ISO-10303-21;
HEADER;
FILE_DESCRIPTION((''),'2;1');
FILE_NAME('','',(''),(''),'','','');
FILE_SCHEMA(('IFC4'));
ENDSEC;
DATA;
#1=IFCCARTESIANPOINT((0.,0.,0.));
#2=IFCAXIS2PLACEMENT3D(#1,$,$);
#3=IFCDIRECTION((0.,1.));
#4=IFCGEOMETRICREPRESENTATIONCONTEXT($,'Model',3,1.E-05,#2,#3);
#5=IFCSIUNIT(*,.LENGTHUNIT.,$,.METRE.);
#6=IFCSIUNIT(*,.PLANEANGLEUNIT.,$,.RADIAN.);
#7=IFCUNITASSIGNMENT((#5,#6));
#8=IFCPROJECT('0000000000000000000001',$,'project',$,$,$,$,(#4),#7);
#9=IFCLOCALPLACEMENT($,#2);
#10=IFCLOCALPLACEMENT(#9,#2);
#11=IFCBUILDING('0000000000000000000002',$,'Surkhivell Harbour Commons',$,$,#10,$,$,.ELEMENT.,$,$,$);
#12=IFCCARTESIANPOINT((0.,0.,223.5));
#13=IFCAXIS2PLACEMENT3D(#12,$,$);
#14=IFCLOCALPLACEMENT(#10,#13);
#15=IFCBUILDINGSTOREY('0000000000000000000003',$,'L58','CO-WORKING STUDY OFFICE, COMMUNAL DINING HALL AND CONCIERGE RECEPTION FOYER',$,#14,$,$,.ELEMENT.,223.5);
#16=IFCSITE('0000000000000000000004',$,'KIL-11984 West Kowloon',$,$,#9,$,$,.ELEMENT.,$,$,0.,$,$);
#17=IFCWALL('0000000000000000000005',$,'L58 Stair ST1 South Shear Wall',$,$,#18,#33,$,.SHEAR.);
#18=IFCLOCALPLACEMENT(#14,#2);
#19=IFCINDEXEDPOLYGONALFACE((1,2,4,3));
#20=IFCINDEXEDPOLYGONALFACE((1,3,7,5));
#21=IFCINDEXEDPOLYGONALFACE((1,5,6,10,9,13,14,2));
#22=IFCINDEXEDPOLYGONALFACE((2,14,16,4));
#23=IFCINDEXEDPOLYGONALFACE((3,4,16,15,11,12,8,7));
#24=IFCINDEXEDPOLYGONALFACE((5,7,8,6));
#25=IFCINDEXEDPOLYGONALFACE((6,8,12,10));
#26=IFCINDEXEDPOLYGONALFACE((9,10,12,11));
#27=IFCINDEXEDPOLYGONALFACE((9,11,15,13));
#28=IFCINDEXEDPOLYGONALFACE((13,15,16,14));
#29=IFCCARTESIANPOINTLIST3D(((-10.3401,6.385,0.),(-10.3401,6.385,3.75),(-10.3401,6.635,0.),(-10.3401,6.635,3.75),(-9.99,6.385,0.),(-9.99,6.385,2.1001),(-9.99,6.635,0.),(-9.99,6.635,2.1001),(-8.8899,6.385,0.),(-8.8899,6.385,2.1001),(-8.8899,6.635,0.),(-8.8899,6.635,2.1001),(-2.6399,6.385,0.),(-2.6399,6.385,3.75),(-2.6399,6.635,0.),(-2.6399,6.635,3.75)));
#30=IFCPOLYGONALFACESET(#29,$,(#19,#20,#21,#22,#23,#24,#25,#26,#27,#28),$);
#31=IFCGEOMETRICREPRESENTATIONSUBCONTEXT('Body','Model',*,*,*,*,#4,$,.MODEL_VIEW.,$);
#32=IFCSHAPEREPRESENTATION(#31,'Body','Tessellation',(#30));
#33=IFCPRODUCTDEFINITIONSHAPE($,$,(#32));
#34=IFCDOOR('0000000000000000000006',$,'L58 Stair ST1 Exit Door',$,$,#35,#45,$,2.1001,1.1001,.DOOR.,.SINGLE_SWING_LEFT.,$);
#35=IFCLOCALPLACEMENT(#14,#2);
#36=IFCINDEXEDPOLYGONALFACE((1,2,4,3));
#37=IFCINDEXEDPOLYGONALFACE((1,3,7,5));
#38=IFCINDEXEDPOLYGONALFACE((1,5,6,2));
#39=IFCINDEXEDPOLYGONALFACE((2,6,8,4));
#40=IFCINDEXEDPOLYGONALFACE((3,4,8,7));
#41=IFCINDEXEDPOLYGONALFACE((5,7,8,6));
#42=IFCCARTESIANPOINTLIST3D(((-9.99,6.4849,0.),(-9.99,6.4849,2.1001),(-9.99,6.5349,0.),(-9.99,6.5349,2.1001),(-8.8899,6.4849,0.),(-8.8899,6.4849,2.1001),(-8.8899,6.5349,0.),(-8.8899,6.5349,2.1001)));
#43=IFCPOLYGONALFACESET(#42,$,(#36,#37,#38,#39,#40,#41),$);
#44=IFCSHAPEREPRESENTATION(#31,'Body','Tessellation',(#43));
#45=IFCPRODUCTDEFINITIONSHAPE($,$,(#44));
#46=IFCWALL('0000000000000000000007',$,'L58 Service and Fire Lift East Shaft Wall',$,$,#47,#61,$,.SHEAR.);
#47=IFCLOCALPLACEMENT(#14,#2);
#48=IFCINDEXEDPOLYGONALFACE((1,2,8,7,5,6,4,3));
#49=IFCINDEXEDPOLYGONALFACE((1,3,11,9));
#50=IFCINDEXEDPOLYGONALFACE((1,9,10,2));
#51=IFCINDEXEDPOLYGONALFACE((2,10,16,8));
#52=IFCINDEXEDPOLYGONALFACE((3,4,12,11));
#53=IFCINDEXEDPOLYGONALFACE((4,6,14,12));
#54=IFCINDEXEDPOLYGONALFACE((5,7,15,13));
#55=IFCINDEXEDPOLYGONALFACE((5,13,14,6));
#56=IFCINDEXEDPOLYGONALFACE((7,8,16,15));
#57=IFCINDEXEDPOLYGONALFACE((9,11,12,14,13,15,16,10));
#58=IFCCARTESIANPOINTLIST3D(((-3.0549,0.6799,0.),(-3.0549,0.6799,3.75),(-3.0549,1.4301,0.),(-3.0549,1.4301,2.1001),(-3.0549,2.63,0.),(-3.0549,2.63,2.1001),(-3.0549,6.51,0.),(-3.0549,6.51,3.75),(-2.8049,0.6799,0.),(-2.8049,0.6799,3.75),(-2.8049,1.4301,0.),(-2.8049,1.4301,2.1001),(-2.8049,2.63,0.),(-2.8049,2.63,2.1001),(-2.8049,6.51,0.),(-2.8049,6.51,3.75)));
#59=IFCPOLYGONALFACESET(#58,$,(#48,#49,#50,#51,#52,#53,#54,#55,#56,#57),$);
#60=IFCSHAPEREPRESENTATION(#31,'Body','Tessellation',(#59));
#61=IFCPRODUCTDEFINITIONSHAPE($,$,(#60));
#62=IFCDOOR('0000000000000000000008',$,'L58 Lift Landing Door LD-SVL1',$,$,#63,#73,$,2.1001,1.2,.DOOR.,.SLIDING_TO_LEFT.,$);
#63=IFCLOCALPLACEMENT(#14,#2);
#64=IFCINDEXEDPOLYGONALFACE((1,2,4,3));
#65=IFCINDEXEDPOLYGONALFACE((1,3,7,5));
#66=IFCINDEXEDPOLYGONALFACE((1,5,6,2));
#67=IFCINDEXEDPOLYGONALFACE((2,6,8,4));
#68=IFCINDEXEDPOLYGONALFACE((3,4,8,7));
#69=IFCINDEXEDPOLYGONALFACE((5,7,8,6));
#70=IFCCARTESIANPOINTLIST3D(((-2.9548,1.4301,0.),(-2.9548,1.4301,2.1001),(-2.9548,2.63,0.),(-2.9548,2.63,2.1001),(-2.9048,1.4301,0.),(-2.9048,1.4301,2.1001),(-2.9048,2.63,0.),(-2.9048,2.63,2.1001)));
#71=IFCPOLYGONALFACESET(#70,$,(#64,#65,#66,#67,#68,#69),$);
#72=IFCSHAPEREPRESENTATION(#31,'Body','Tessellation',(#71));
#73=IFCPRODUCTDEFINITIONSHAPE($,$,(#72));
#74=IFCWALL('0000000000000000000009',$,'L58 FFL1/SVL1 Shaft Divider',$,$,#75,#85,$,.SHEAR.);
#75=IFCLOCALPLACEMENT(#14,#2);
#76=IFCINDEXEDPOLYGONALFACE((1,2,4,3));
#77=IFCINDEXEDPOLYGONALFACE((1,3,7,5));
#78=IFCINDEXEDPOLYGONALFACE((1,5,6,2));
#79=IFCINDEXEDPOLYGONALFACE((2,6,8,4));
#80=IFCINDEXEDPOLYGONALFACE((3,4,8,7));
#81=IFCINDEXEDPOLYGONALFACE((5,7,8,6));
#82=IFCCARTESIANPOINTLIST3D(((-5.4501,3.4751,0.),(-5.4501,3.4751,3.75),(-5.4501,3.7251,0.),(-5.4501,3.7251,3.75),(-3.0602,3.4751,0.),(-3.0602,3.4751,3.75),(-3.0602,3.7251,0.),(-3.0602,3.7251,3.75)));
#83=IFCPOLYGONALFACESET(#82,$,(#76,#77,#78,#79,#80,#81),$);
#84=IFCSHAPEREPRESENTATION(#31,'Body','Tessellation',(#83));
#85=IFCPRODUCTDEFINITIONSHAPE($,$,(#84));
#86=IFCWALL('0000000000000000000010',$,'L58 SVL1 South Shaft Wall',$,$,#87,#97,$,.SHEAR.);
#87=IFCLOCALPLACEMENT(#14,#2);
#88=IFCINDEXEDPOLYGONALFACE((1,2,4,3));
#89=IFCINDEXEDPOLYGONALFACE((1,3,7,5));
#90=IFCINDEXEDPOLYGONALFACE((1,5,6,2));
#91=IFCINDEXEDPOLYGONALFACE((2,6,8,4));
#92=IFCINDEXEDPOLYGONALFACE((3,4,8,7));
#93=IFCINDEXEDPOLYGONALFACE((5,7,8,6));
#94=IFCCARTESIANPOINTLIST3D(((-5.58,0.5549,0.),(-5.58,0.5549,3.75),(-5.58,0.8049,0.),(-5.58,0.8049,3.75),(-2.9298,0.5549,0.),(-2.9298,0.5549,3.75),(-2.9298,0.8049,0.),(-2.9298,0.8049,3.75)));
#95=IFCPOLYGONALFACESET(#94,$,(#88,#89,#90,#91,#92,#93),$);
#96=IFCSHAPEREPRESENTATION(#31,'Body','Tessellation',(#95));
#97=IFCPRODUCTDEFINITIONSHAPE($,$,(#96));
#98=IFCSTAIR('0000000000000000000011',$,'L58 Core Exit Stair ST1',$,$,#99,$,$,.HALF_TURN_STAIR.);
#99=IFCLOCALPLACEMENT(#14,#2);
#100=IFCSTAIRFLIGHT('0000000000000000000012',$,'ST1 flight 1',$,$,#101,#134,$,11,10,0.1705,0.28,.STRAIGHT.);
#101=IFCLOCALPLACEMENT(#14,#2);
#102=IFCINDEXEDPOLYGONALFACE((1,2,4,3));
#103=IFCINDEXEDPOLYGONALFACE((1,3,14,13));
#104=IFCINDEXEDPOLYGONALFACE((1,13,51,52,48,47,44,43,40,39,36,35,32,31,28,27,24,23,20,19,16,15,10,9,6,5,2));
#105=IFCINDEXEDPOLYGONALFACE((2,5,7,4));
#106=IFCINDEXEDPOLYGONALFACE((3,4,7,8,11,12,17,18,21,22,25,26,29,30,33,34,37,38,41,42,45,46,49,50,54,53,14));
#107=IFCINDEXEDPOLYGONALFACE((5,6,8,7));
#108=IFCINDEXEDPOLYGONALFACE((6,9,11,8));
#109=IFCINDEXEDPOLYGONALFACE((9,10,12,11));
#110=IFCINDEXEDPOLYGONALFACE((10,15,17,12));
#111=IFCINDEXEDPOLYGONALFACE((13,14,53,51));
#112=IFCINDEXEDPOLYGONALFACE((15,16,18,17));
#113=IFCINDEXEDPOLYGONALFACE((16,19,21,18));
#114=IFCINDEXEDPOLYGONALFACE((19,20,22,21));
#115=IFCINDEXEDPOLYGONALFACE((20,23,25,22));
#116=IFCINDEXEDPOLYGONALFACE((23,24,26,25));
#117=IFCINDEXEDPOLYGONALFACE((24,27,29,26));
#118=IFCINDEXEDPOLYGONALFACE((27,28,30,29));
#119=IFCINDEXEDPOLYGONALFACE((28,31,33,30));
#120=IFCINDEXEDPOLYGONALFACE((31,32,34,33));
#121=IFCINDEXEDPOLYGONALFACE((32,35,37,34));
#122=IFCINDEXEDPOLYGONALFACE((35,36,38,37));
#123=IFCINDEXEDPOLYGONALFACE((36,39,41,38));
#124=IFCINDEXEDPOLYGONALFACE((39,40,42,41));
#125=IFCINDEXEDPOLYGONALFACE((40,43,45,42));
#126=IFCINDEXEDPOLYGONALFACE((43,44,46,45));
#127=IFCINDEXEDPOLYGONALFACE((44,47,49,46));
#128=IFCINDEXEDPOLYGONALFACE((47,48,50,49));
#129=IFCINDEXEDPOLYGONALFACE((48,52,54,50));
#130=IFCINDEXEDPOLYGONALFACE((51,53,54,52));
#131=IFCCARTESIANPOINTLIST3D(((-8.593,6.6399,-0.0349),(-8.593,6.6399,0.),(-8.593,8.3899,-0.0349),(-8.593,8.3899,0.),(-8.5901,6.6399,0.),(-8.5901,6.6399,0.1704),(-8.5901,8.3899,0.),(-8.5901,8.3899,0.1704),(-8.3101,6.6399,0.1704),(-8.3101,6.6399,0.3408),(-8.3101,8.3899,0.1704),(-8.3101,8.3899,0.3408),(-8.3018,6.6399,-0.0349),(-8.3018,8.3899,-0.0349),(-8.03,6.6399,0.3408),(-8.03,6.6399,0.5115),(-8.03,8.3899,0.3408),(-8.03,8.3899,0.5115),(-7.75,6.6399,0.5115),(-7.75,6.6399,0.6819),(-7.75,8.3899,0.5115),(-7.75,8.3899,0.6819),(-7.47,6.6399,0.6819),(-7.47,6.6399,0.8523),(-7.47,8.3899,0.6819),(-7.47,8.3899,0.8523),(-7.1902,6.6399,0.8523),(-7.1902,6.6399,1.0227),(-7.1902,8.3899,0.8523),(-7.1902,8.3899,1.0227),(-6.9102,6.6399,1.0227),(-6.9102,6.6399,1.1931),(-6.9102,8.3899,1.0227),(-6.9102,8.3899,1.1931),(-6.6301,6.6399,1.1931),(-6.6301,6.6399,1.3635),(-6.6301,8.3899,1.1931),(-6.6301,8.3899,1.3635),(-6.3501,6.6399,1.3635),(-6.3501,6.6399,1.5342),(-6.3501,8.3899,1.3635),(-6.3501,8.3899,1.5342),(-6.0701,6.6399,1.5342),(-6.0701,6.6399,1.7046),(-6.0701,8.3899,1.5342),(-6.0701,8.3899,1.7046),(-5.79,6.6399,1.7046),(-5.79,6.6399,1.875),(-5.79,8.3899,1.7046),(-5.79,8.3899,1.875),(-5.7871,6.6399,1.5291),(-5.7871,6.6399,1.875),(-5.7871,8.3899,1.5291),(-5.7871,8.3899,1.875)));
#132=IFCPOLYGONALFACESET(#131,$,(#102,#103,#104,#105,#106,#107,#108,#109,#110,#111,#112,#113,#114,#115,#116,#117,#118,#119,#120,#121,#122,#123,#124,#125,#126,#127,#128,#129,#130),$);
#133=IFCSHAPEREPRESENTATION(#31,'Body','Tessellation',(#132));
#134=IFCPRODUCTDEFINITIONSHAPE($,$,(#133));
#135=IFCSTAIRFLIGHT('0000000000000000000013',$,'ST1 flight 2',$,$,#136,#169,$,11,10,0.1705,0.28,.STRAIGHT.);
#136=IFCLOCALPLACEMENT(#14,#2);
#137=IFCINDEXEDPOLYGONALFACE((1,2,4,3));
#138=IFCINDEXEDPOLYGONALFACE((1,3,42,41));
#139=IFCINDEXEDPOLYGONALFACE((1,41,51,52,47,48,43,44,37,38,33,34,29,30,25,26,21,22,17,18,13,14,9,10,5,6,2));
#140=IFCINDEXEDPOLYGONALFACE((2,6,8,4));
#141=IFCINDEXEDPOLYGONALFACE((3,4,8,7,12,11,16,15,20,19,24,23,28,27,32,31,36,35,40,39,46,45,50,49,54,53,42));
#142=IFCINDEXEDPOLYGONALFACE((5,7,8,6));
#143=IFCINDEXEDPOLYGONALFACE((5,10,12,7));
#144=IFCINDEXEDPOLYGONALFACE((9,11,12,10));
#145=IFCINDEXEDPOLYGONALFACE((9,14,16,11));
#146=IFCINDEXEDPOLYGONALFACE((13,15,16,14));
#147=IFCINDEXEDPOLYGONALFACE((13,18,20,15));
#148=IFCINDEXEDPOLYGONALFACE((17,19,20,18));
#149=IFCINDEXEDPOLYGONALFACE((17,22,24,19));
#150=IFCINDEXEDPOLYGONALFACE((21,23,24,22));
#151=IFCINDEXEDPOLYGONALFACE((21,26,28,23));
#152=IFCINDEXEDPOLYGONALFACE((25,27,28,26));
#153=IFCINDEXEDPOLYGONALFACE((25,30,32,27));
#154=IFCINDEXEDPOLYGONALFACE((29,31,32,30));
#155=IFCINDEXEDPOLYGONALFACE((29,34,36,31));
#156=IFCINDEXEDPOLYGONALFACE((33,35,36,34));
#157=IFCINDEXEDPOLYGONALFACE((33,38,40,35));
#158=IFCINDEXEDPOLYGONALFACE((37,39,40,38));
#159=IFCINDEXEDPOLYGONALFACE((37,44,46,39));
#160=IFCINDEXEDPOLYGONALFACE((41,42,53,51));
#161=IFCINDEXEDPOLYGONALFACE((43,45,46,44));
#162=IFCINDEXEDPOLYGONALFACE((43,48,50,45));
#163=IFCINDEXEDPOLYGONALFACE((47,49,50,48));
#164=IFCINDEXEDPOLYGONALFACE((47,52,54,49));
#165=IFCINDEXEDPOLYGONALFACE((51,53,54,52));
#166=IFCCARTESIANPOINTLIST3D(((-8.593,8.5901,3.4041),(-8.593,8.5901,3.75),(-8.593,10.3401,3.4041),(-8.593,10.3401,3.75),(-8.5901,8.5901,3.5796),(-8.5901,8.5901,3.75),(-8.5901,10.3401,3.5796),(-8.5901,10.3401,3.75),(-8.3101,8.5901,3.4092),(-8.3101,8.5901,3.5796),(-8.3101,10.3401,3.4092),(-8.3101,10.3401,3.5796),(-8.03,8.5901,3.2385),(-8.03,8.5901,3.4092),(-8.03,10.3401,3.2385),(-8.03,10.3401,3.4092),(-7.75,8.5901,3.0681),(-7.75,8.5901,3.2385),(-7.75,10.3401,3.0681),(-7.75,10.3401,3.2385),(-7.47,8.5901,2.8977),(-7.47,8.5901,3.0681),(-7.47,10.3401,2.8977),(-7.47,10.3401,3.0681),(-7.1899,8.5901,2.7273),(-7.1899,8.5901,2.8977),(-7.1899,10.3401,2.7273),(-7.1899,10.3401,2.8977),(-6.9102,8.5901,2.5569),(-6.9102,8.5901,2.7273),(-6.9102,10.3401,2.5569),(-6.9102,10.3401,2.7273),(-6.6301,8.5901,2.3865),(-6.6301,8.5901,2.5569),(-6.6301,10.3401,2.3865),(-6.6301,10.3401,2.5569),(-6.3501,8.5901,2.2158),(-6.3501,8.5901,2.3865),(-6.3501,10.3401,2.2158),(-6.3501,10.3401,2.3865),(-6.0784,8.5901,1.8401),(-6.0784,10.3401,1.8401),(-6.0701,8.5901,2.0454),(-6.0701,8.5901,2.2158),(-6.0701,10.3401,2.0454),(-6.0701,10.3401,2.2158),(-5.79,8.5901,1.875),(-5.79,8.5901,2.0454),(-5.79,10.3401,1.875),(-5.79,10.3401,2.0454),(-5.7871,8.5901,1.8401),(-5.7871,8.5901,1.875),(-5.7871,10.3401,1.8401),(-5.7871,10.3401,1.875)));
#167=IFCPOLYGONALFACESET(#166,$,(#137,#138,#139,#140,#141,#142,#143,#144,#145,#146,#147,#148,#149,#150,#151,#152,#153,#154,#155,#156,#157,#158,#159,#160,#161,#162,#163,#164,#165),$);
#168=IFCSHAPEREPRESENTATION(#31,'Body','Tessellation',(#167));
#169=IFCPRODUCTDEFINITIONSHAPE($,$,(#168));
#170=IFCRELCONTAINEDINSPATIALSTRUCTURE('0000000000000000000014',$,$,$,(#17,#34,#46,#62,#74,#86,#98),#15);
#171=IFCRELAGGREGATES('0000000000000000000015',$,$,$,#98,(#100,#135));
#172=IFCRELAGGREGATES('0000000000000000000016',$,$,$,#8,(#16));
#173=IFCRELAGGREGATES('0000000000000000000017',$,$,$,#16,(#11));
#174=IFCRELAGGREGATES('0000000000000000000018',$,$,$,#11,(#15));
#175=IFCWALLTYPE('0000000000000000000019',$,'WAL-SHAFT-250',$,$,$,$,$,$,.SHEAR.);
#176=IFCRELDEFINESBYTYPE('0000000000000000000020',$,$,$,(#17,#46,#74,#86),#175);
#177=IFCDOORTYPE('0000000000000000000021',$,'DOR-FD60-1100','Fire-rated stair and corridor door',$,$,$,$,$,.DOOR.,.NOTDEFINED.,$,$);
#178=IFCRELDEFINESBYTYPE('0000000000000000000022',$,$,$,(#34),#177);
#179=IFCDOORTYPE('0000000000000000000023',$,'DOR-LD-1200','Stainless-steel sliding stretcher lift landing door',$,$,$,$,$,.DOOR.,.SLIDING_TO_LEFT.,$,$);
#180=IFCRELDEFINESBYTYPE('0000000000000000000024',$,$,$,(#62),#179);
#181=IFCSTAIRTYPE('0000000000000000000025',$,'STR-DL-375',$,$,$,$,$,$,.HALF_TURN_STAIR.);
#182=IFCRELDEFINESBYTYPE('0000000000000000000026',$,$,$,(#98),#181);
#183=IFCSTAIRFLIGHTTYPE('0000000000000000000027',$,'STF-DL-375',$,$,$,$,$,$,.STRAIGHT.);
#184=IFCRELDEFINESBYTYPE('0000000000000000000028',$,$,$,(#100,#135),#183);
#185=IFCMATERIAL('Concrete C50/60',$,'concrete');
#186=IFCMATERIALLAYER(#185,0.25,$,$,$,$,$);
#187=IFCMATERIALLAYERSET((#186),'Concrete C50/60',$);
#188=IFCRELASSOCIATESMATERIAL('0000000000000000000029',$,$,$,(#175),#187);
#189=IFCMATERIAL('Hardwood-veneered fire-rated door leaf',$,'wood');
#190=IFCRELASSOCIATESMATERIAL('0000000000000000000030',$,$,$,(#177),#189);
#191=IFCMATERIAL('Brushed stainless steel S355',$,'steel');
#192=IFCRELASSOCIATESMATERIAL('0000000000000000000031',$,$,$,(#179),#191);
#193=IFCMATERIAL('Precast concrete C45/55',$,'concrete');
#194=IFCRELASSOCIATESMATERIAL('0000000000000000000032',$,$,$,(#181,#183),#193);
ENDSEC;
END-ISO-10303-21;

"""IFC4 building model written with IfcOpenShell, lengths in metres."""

from ifc_helpers import new_model, si_unit, direction, frame, frame_2d, origin, place, context, subcontext, project, spatial, polyline, rectangle, outline, extrude, material, layer, layer_set, type_object, element, fill, aggregate, save


model = new_model("IFC4")

# Units and contexts
model_context = context("Model", 3, precision=1e-05, world=origin(), true_north=direction((0.0, 1.0)))
body_context = subcontext(model_context, "Body", "Model", "MODEL_VIEW")
ifc_project = project(units=[si_unit("LENGTHUNIT", "METRE"), si_unit("PLANEANGLEUNIT", "RADIAN")], contexts=[model_context])

# Site, building, storey
site_placement = place(None, origin())
site = spatial("IfcSite", under=ifc_project, at=site_placement, Name="KIL-11984 West Kowloon", CompositionType="ELEMENT", RefElevation=0.0)
building_placement = place(site_placement, origin())
building = spatial("IfcBuilding", under=site, at=building_placement, Name="Surkhivell Harbour Commons", CompositionType="ELEMENT")
storey_placement = place(building_placement, frame((0.0, 0.0, 223.5)))
storey = spatial("IfcBuildingStorey", under=building, at=storey_placement, Name="L58", Description="CO-WORKING STUDY OFFICE, COMMUNAL DINING HALL AND CONCIERGE RECEPTION FOYER", CompositionType="ELEMENT", Elevation=223.5)

# Shared definitions
ifc_material_1 = material(Name="Concrete C50/60", Category="concrete")
ifc_layer_1 = layer(ifc_material_1, 0.25)
ifc_layer_set_1 = layer_set([ifc_layer_1], Name="Concrete C50/60")
wall_type_1 = type_object("IfcWallType", Name="WAL-SHAFT-250", PredefinedType="SHEAR", material=ifc_layer_set_1)
ifc_material_2 = material(Name="Brushed stainless steel S355", Category="steel")
ifc_material_3 = material(Name="Hardwood-veneered fire-rated door leaf", Category="wood")

# Walls, openings, doors
wall_1_placement = place(storey_placement, frame((-10.3401, 6.51, 0.0), z_axis=(0.0, 0.0, 1.0), x_axis=(1.0, 0.0, 0.0)))
wall_1 = element("IfcWall", 1, at=wall_1_placement, inside=storey, type_object=wall_type_1, Name="L58 Stair ST1 South Shear Wall", PredefinedType="SHEAR", context=body_context, shape_type="SweptSolid", body=[
    extrude(rectangle(XDim=7.7002, YDim=0.25, at=frame_2d((3.8501, 0.0))), origin(), (0.0, 0.0, 1.0), 3.75),
])
opening_1_placement = place(wall_1_placement, frame((0.3501, 0.0, 0.0)))
opening_1 = element("IfcOpeningElement", 2, at=opening_1_placement, cuts=wall_1, PredefinedType="OPENING", context=body_context, shape_type="SweptSolid", body=[
    extrude(rectangle(XDim=1.1001, YDim=2.1001, at=frame_2d((0.55, 1.05))), frame((0.0, 0.135, 0.0), z_axis=(0.0, -1.0, 0.0), x_axis=(1.0, 0.0, 0.0)), (0.0, 0.0, 1.0), 0.27),
])
door_type_1 = type_object("IfcDoorType", Name="DOR-FD60-1100", Description="Fire-rated stair and corridor door", OperationType="NOTDEFINED", PredefinedType="DOOR", material=ifc_material_3)
door_1_placement = place(opening_1_placement, origin())
door_1 = element("IfcDoor", 3, at=door_1_placement, inside=storey, type_object=door_type_1, Name="L58 Stair ST1 Exit Door", OperationType="SINGLE_SWING_LEFT", OverallHeight=2.1001, OverallWidth=1.1001, PredefinedType="DOOR", context=body_context, shape_type="SweptSolid", body=[
    extrude(rectangle(XDim=1.1001, YDim=2.1001, at=frame_2d((0.55, 1.05))), frame((0.0, 0.0249, 0.0), z_axis=(0.0, -1.0, 0.0), x_axis=(1.0, 0.0, 0.0)), (0.0, 0.0, 1.0), 0.05),
])
fill(opening_1, door_1)
wall_2_placement = place(storey_placement, frame((-2.9299, 0.6799, 0.0), z_axis=(0.0, 0.0, 1.0), x_axis=(0.0, 1.0, 0.0)))
wall_2 = element("IfcWall", 4, at=wall_2_placement, inside=storey, type_object=wall_type_1, Name="L58 Service and Fire Lift East Shaft Wall", PredefinedType="SHEAR", context=body_context, shape_type="SweptSolid", body=[
    extrude(rectangle(XDim=5.8301, YDim=0.25, at=frame_2d((2.915, 0.0))), origin(), (0.0, 0.0, 1.0), 3.75),
])
opening_2_placement = place(wall_2_placement, frame((0.75, 0.0, 0.0)))
opening_2 = element("IfcOpeningElement", 5, at=opening_2_placement, cuts=wall_2, PredefinedType="OPENING", context=body_context, shape_type="SweptSolid", body=[
    extrude(rectangle(XDim=1.2, YDim=2.1001, at=frame_2d((0.6001, 1.05))), frame((0.0, 0.135, 0.0), z_axis=(0.0, -1.0, 0.0), x_axis=(1.0, 0.0, 0.0)), (0.0, 0.0, 1.0), 0.27),
])
door_type_2 = type_object("IfcDoorType", Name="DOR-LD-1200", Description="Stainless-steel sliding stretcher lift landing door", OperationType="SLIDING_TO_LEFT", PredefinedType="DOOR", material=ifc_material_2)
door_2_placement = place(opening_2_placement, origin())
door_2 = element("IfcDoor", 6, at=door_2_placement, inside=storey, type_object=door_type_2, Name="L58 Lift Landing Door LD-SVL1", OperationType="SLIDING_TO_LEFT", OverallHeight=2.1001, OverallWidth=1.2, PredefinedType="DOOR", context=body_context, shape_type="SweptSolid", body=[
    extrude(rectangle(XDim=1.2, YDim=2.1001, at=frame_2d((0.6001, 1.05))), frame((0.0, 0.0249, 0.0), z_axis=(0.0, -1.0, 0.0), x_axis=(1.0, 0.0, 0.0)), (0.0, 0.0, 1.0), 0.05),
])
fill(opening_2, door_2)

# Walls
wall_3_placement = place(storey_placement, frame((-5.45, 3.6001, 0.0), z_axis=(0.0, 0.0, 1.0), x_axis=(1.0, 0.0, 0.0)))
element("IfcWall", 7, at=wall_3_placement, inside=storey, type_object=wall_type_1, Name="L58 FFL1/SVL1 Shaft Divider", PredefinedType="SHEAR", context=body_context, shape_type="SweptSolid", body=[
    extrude(rectangle(XDim=2.3899, YDim=0.25, at=frame_2d((1.1948, 0.0))), origin(), (0.0, 0.0, 1.0), 3.75),
])
wall_4_placement = place(storey_placement, frame((-5.5801, 0.6799, 0.0), z_axis=(0.0, 0.0, 1.0), x_axis=(1.0, 0.0, 0.0)))
element("IfcWall", 8, at=wall_4_placement, inside=storey, type_object=wall_type_1, Name="L58 SVL1 South Shaft Wall", PredefinedType="SHEAR", context=body_context, shape_type="SweptSolid", body=[
    extrude(rectangle(XDim=2.6501, YDim=0.25, at=frame_2d((1.3252, 0.0))), origin(), (0.0, 0.0, 1.0), 3.75),
])

# Stair, stair flights
ifc_material_4 = material(Name="Precast concrete C45/55", Category="concrete")
stair_type = type_object("IfcStairType", Name="STR-DL-375", PredefinedType="HALF_TURN_STAIR", material=ifc_material_4)
stair_placement = place(storey_placement, origin())
stair = element("IfcStair", 9, at=stair_placement, inside=storey, type_object=stair_type, Name="L58 Core Exit Stair ST1", PredefinedType="HALF_TURN_STAIR")
stair_flight_type = type_object("IfcStairFlightType", Name="STF-DL-375", PredefinedType="STRAIGHT", material=ifc_material_4)
stair_flight_1_placement = place(storey_placement, frame((-8.5901, 7.5149, 0.0), z_axis=(0.0, 0.0, 1.0), x_axis=(1.0, 0.0, 0.0)))
stair_flight_1 = element("IfcStairFlight", 10, at=stair_flight_1_placement, type_object=stair_flight_type, Name="ST1 flight 1", NumberOfRisers=11, NumberOfTreads=10, PredefinedType="STRAIGHT", RiserHeight=0.1705, TreadLength=0.28, context=body_context, shape_type="SweptSolid", body=[
    extrude(outline(polyline([(-0.0029, -0.0349), (-0.0029, 0.0), (0.0, 0.0), (0.0, 0.1704), (0.28, 0.1704), (0.28, 0.3408), (0.5601, 0.3408), (0.5601, 0.5115), (0.8401, 0.5115), (0.8401, 0.6819), (1.1201, 0.6819), (1.1201, 0.8523), (1.3999, 0.8523), (1.3999, 1.0227), (1.6799, 1.0227), (1.6799, 1.1931), (1.96, 1.1931), (1.96, 1.3635), (2.24, 1.3635), (2.24, 1.5342), (2.52, 1.5342), (2.52, 1.7046), (2.8, 1.7046), (2.8, 1.875), (2.803, 1.875), (2.803, 1.5291), (0.2883, -0.0349), (-0.0029, -0.0349)])), frame((0.0, 0.875, 0.0), z_axis=(0.0, -1.0, 0.0), x_axis=(1.0, 0.0, 0.0)), (0.0, 0.0, 1.0), 1.75),
])
stair_flight_2_placement = place(storey_placement, frame((-5.79, 9.4651, 1.875), z_axis=(0.0, 0.0, 1.0), x_axis=(-1.0, 0.0, 0.0)))
stair_flight_2 = element("IfcStairFlight", 11, at=stair_flight_2_placement, type_object=stair_flight_type, Name="ST1 flight 2", NumberOfRisers=11, NumberOfTreads=10, PredefinedType="STRAIGHT", RiserHeight=0.1705, TreadLength=0.28, context=body_context, shape_type="SweptSolid", body=[
    extrude(outline(polyline([(-0.0029, -0.0349), (-0.0029, 0.0), (0.0, 0.0), (0.0, 0.1704), (0.28, 0.1704), (0.28, 0.3408), (0.5601, 0.3408), (0.5601, 0.5115), (0.8401, 0.5115), (0.8401, 0.6819), (1.1201, 0.6819), (1.1201, 0.8523), (1.3999, 0.8523), (1.3999, 1.0227), (1.6799, 1.0227), (1.6799, 1.1931), (1.96, 1.1931), (1.96, 1.3635), (2.24, 1.3635), (2.24, 1.5342), (2.52, 1.5342), (2.52, 1.7046), (2.8, 1.7046), (2.8, 1.875), (2.803, 1.875), (2.803, 1.5291), (0.2883, -0.0349), (-0.0029, -0.0349)])), frame((0.0, 0.875, 0.0), z_axis=(0.0, -1.0, 0.0), x_axis=(1.0, 0.0, 0.0)), (0.0, 0.0, 1.0), 1.75),
])
aggregate(stair, [stair_flight_1, stair_flight_2])

save(model, "model.ifc")
